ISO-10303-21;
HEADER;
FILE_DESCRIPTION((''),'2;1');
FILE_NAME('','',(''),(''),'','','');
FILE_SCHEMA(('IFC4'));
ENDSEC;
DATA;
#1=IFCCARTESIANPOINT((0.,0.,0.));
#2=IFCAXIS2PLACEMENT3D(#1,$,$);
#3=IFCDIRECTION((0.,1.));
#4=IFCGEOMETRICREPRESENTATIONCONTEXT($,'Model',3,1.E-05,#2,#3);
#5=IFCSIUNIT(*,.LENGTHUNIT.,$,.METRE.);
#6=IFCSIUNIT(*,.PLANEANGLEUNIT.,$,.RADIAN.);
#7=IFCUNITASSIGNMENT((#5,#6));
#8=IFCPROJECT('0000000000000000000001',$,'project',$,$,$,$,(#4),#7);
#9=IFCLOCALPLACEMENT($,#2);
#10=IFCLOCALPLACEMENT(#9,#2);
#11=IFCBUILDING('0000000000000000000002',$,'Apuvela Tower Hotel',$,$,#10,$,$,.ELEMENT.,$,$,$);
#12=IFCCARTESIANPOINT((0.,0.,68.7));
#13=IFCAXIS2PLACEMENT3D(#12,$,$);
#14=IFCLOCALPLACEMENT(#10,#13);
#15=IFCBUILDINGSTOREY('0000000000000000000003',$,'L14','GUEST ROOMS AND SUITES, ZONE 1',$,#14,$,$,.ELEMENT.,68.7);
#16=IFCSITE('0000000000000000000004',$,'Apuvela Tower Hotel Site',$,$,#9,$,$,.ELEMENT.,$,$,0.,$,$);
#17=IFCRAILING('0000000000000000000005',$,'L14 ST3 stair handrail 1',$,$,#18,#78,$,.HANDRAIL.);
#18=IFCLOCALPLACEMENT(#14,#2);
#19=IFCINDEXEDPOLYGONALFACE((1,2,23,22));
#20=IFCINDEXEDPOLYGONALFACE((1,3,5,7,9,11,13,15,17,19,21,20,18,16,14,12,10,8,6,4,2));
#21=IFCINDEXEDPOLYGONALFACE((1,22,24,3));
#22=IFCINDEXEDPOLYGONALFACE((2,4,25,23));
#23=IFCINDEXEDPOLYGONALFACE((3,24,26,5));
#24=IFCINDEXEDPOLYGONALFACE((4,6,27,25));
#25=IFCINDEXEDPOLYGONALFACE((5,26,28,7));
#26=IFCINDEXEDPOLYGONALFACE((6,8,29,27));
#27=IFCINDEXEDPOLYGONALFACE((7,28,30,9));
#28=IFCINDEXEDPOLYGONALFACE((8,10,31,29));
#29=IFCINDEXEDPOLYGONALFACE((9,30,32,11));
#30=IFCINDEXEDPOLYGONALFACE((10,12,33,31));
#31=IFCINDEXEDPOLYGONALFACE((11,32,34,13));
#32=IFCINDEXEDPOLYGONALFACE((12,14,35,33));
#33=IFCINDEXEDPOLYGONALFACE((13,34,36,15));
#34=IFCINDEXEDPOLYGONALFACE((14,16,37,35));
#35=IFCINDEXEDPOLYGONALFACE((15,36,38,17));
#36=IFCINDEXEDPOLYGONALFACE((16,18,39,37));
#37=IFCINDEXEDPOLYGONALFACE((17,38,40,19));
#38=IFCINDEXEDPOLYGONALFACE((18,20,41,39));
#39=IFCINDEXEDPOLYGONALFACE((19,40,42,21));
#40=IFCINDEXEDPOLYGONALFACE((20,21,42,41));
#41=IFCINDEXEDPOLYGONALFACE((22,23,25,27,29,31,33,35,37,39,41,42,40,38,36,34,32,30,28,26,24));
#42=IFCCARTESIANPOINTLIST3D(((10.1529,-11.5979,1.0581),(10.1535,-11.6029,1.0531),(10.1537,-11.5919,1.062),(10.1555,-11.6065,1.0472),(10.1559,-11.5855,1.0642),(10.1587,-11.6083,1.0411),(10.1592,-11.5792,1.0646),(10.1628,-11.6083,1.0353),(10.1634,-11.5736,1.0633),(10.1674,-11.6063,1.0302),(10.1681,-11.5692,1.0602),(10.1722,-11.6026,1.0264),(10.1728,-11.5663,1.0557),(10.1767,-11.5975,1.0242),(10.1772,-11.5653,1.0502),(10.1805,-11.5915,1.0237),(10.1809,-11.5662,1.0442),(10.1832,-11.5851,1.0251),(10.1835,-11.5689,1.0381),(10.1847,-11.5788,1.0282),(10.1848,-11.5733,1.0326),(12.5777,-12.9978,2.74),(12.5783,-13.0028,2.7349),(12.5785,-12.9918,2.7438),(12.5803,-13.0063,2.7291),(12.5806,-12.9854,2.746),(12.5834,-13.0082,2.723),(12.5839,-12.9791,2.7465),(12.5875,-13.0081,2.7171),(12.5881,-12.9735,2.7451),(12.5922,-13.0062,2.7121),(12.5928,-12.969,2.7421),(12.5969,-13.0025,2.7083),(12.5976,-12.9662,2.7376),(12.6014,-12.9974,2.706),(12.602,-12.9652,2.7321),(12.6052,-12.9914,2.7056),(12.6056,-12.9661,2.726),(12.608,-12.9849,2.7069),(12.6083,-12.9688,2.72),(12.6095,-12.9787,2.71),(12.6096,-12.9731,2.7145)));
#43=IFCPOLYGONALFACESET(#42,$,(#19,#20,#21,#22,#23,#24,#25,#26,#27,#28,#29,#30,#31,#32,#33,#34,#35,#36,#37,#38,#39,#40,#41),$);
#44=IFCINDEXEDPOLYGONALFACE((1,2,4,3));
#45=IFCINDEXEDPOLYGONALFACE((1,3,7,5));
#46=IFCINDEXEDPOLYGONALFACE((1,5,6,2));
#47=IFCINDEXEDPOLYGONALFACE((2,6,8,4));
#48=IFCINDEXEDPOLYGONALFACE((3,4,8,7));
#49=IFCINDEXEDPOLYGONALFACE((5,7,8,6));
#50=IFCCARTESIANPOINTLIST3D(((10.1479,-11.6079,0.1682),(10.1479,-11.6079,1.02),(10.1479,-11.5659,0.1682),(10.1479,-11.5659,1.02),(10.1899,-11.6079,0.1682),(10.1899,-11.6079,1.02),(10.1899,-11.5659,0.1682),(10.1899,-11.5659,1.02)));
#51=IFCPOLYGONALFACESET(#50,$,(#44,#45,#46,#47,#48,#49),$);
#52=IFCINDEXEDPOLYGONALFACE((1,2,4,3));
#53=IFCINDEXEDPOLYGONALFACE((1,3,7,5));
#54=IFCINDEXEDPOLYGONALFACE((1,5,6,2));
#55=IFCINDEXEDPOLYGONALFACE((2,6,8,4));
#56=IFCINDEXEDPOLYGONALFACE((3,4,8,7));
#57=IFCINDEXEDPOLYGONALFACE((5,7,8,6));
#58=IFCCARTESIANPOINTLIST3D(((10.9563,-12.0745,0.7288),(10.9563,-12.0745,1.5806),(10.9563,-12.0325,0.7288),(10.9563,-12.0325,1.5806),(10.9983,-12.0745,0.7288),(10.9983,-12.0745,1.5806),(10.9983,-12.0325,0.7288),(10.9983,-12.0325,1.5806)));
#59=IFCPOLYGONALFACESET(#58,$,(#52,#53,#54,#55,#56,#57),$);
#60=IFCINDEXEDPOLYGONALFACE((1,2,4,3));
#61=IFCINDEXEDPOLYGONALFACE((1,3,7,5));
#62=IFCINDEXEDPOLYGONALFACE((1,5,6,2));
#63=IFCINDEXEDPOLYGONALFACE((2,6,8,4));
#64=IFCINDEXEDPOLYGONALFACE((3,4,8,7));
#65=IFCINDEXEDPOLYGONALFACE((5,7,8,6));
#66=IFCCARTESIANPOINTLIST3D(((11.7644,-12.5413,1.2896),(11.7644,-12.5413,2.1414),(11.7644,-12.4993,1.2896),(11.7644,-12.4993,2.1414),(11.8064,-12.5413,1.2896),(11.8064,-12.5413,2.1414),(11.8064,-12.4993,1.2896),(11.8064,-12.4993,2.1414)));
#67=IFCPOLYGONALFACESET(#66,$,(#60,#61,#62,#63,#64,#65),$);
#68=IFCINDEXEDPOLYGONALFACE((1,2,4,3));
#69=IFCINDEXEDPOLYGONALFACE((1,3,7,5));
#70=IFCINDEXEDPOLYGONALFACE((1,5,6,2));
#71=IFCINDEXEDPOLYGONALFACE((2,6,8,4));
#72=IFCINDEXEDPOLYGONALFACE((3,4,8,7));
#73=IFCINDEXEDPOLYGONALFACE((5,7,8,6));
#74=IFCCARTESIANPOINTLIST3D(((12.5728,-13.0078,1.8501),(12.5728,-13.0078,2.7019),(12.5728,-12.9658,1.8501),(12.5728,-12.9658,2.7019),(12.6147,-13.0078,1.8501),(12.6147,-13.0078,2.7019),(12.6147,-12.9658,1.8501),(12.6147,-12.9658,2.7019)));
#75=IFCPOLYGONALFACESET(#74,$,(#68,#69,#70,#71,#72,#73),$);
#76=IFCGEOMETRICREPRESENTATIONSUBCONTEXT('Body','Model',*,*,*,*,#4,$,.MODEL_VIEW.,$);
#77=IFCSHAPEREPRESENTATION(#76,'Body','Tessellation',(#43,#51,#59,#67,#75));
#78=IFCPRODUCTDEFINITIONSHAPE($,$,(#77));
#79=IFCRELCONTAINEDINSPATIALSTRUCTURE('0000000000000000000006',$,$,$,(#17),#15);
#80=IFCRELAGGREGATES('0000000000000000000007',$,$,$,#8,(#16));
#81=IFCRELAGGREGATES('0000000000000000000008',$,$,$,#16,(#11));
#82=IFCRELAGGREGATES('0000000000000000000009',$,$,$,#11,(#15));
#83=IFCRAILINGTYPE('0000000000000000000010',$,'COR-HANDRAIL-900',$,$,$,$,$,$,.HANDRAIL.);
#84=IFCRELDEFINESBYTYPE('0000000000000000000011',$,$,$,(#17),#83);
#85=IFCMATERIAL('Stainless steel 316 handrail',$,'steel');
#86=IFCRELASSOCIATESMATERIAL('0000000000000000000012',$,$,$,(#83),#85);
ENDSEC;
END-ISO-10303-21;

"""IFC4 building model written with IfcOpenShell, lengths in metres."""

from ifc_helpers import new_model, si_unit, direction, frame, origin, origin_2d, place, context, subcontext, project, spatial, rectangle, circle, extrude, material, type_object, element, save


model = new_model("IFC4")

# Units and contexts
model_context = context("Model", 3, precision=1e-05, world=origin(), true_north=direction((0.0, 1.0)))
body_context = subcontext(model_context, "Body", "Model", "MODEL_VIEW")
ifc_project = project(units=[si_unit("LENGTHUNIT", "METRE"), si_unit("PLANEANGLEUNIT", "RADIAN")], contexts=[model_context])

# Site, building, storey
site_placement = place(None, origin())
site = spatial("IfcSite", under=ifc_project, at=site_placement, Name="Apuvela Tower Hotel Site", CompositionType="ELEMENT", RefElevation=0.0)
building_placement = place(site_placement, origin())
building = spatial("IfcBuilding", under=site, at=building_placement, Name="Apuvela Tower Hotel", CompositionType="ELEMENT")
storey_placement = place(building_placement, frame((0.0, 0.0, 68.7)))
storey = spatial("IfcBuildingStorey", under=building, at=storey_placement, Name="L14", Description="GUEST ROOMS AND SUITES, ZONE 1", CompositionType="ELEMENT", Elevation=68.7)

# Railing
ifc_material_1 = material(Name="Stainless steel 316 handrail", Category="steel")
railing_type_1 = type_object("IfcRailingType", Name="COR-HANDRAIL-900", PredefinedType="HANDRAIL", material=ifc_material_1)
railing_1_placement = place(storey_placement, frame((10.1689, -11.5869, 0.1682)))
element("IfcRailing", 1, at=railing_1_placement, inside=storey, type_object=railing_type_1, Name="L14 ST3 stair handrail 1", PredefinedType="HANDRAIL", context=body_context, shape_type="SweptSolid", body=[
    extrude(circle(Radius=0.0239, at=origin_2d()), frame((0.0, 0.0, 0.876), z_axis=(0.74239, -0.428601, 0.514934), x_axis=(0.499984, 0.866035, 0.0)), (0.0, 0.0, 1.0), 3.2661),
    extrude(rectangle(XDim=0.042, YDim=0.042, at=origin_2d()), origin(), (0.0, 0.0, 1.0), 0.8518),
    extrude(rectangle(XDim=0.042, YDim=0.042, at=origin_2d()), frame((0.8083, -0.4666, 0.5605)), (0.0, 0.0, 1.0), 0.8518),
    extrude(rectangle(XDim=0.042, YDim=0.042, at=origin_2d()), frame((1.6165, -0.9333, 1.1213)), (0.0, 0.0, 1.0), 0.8518),
    extrude(rectangle(XDim=0.042, YDim=0.042, at=origin_2d()), frame((2.4248, -1.3999, 1.6819)), (0.0, 0.0, 1.0), 0.8518),
])

save(model, "model.ifc")
